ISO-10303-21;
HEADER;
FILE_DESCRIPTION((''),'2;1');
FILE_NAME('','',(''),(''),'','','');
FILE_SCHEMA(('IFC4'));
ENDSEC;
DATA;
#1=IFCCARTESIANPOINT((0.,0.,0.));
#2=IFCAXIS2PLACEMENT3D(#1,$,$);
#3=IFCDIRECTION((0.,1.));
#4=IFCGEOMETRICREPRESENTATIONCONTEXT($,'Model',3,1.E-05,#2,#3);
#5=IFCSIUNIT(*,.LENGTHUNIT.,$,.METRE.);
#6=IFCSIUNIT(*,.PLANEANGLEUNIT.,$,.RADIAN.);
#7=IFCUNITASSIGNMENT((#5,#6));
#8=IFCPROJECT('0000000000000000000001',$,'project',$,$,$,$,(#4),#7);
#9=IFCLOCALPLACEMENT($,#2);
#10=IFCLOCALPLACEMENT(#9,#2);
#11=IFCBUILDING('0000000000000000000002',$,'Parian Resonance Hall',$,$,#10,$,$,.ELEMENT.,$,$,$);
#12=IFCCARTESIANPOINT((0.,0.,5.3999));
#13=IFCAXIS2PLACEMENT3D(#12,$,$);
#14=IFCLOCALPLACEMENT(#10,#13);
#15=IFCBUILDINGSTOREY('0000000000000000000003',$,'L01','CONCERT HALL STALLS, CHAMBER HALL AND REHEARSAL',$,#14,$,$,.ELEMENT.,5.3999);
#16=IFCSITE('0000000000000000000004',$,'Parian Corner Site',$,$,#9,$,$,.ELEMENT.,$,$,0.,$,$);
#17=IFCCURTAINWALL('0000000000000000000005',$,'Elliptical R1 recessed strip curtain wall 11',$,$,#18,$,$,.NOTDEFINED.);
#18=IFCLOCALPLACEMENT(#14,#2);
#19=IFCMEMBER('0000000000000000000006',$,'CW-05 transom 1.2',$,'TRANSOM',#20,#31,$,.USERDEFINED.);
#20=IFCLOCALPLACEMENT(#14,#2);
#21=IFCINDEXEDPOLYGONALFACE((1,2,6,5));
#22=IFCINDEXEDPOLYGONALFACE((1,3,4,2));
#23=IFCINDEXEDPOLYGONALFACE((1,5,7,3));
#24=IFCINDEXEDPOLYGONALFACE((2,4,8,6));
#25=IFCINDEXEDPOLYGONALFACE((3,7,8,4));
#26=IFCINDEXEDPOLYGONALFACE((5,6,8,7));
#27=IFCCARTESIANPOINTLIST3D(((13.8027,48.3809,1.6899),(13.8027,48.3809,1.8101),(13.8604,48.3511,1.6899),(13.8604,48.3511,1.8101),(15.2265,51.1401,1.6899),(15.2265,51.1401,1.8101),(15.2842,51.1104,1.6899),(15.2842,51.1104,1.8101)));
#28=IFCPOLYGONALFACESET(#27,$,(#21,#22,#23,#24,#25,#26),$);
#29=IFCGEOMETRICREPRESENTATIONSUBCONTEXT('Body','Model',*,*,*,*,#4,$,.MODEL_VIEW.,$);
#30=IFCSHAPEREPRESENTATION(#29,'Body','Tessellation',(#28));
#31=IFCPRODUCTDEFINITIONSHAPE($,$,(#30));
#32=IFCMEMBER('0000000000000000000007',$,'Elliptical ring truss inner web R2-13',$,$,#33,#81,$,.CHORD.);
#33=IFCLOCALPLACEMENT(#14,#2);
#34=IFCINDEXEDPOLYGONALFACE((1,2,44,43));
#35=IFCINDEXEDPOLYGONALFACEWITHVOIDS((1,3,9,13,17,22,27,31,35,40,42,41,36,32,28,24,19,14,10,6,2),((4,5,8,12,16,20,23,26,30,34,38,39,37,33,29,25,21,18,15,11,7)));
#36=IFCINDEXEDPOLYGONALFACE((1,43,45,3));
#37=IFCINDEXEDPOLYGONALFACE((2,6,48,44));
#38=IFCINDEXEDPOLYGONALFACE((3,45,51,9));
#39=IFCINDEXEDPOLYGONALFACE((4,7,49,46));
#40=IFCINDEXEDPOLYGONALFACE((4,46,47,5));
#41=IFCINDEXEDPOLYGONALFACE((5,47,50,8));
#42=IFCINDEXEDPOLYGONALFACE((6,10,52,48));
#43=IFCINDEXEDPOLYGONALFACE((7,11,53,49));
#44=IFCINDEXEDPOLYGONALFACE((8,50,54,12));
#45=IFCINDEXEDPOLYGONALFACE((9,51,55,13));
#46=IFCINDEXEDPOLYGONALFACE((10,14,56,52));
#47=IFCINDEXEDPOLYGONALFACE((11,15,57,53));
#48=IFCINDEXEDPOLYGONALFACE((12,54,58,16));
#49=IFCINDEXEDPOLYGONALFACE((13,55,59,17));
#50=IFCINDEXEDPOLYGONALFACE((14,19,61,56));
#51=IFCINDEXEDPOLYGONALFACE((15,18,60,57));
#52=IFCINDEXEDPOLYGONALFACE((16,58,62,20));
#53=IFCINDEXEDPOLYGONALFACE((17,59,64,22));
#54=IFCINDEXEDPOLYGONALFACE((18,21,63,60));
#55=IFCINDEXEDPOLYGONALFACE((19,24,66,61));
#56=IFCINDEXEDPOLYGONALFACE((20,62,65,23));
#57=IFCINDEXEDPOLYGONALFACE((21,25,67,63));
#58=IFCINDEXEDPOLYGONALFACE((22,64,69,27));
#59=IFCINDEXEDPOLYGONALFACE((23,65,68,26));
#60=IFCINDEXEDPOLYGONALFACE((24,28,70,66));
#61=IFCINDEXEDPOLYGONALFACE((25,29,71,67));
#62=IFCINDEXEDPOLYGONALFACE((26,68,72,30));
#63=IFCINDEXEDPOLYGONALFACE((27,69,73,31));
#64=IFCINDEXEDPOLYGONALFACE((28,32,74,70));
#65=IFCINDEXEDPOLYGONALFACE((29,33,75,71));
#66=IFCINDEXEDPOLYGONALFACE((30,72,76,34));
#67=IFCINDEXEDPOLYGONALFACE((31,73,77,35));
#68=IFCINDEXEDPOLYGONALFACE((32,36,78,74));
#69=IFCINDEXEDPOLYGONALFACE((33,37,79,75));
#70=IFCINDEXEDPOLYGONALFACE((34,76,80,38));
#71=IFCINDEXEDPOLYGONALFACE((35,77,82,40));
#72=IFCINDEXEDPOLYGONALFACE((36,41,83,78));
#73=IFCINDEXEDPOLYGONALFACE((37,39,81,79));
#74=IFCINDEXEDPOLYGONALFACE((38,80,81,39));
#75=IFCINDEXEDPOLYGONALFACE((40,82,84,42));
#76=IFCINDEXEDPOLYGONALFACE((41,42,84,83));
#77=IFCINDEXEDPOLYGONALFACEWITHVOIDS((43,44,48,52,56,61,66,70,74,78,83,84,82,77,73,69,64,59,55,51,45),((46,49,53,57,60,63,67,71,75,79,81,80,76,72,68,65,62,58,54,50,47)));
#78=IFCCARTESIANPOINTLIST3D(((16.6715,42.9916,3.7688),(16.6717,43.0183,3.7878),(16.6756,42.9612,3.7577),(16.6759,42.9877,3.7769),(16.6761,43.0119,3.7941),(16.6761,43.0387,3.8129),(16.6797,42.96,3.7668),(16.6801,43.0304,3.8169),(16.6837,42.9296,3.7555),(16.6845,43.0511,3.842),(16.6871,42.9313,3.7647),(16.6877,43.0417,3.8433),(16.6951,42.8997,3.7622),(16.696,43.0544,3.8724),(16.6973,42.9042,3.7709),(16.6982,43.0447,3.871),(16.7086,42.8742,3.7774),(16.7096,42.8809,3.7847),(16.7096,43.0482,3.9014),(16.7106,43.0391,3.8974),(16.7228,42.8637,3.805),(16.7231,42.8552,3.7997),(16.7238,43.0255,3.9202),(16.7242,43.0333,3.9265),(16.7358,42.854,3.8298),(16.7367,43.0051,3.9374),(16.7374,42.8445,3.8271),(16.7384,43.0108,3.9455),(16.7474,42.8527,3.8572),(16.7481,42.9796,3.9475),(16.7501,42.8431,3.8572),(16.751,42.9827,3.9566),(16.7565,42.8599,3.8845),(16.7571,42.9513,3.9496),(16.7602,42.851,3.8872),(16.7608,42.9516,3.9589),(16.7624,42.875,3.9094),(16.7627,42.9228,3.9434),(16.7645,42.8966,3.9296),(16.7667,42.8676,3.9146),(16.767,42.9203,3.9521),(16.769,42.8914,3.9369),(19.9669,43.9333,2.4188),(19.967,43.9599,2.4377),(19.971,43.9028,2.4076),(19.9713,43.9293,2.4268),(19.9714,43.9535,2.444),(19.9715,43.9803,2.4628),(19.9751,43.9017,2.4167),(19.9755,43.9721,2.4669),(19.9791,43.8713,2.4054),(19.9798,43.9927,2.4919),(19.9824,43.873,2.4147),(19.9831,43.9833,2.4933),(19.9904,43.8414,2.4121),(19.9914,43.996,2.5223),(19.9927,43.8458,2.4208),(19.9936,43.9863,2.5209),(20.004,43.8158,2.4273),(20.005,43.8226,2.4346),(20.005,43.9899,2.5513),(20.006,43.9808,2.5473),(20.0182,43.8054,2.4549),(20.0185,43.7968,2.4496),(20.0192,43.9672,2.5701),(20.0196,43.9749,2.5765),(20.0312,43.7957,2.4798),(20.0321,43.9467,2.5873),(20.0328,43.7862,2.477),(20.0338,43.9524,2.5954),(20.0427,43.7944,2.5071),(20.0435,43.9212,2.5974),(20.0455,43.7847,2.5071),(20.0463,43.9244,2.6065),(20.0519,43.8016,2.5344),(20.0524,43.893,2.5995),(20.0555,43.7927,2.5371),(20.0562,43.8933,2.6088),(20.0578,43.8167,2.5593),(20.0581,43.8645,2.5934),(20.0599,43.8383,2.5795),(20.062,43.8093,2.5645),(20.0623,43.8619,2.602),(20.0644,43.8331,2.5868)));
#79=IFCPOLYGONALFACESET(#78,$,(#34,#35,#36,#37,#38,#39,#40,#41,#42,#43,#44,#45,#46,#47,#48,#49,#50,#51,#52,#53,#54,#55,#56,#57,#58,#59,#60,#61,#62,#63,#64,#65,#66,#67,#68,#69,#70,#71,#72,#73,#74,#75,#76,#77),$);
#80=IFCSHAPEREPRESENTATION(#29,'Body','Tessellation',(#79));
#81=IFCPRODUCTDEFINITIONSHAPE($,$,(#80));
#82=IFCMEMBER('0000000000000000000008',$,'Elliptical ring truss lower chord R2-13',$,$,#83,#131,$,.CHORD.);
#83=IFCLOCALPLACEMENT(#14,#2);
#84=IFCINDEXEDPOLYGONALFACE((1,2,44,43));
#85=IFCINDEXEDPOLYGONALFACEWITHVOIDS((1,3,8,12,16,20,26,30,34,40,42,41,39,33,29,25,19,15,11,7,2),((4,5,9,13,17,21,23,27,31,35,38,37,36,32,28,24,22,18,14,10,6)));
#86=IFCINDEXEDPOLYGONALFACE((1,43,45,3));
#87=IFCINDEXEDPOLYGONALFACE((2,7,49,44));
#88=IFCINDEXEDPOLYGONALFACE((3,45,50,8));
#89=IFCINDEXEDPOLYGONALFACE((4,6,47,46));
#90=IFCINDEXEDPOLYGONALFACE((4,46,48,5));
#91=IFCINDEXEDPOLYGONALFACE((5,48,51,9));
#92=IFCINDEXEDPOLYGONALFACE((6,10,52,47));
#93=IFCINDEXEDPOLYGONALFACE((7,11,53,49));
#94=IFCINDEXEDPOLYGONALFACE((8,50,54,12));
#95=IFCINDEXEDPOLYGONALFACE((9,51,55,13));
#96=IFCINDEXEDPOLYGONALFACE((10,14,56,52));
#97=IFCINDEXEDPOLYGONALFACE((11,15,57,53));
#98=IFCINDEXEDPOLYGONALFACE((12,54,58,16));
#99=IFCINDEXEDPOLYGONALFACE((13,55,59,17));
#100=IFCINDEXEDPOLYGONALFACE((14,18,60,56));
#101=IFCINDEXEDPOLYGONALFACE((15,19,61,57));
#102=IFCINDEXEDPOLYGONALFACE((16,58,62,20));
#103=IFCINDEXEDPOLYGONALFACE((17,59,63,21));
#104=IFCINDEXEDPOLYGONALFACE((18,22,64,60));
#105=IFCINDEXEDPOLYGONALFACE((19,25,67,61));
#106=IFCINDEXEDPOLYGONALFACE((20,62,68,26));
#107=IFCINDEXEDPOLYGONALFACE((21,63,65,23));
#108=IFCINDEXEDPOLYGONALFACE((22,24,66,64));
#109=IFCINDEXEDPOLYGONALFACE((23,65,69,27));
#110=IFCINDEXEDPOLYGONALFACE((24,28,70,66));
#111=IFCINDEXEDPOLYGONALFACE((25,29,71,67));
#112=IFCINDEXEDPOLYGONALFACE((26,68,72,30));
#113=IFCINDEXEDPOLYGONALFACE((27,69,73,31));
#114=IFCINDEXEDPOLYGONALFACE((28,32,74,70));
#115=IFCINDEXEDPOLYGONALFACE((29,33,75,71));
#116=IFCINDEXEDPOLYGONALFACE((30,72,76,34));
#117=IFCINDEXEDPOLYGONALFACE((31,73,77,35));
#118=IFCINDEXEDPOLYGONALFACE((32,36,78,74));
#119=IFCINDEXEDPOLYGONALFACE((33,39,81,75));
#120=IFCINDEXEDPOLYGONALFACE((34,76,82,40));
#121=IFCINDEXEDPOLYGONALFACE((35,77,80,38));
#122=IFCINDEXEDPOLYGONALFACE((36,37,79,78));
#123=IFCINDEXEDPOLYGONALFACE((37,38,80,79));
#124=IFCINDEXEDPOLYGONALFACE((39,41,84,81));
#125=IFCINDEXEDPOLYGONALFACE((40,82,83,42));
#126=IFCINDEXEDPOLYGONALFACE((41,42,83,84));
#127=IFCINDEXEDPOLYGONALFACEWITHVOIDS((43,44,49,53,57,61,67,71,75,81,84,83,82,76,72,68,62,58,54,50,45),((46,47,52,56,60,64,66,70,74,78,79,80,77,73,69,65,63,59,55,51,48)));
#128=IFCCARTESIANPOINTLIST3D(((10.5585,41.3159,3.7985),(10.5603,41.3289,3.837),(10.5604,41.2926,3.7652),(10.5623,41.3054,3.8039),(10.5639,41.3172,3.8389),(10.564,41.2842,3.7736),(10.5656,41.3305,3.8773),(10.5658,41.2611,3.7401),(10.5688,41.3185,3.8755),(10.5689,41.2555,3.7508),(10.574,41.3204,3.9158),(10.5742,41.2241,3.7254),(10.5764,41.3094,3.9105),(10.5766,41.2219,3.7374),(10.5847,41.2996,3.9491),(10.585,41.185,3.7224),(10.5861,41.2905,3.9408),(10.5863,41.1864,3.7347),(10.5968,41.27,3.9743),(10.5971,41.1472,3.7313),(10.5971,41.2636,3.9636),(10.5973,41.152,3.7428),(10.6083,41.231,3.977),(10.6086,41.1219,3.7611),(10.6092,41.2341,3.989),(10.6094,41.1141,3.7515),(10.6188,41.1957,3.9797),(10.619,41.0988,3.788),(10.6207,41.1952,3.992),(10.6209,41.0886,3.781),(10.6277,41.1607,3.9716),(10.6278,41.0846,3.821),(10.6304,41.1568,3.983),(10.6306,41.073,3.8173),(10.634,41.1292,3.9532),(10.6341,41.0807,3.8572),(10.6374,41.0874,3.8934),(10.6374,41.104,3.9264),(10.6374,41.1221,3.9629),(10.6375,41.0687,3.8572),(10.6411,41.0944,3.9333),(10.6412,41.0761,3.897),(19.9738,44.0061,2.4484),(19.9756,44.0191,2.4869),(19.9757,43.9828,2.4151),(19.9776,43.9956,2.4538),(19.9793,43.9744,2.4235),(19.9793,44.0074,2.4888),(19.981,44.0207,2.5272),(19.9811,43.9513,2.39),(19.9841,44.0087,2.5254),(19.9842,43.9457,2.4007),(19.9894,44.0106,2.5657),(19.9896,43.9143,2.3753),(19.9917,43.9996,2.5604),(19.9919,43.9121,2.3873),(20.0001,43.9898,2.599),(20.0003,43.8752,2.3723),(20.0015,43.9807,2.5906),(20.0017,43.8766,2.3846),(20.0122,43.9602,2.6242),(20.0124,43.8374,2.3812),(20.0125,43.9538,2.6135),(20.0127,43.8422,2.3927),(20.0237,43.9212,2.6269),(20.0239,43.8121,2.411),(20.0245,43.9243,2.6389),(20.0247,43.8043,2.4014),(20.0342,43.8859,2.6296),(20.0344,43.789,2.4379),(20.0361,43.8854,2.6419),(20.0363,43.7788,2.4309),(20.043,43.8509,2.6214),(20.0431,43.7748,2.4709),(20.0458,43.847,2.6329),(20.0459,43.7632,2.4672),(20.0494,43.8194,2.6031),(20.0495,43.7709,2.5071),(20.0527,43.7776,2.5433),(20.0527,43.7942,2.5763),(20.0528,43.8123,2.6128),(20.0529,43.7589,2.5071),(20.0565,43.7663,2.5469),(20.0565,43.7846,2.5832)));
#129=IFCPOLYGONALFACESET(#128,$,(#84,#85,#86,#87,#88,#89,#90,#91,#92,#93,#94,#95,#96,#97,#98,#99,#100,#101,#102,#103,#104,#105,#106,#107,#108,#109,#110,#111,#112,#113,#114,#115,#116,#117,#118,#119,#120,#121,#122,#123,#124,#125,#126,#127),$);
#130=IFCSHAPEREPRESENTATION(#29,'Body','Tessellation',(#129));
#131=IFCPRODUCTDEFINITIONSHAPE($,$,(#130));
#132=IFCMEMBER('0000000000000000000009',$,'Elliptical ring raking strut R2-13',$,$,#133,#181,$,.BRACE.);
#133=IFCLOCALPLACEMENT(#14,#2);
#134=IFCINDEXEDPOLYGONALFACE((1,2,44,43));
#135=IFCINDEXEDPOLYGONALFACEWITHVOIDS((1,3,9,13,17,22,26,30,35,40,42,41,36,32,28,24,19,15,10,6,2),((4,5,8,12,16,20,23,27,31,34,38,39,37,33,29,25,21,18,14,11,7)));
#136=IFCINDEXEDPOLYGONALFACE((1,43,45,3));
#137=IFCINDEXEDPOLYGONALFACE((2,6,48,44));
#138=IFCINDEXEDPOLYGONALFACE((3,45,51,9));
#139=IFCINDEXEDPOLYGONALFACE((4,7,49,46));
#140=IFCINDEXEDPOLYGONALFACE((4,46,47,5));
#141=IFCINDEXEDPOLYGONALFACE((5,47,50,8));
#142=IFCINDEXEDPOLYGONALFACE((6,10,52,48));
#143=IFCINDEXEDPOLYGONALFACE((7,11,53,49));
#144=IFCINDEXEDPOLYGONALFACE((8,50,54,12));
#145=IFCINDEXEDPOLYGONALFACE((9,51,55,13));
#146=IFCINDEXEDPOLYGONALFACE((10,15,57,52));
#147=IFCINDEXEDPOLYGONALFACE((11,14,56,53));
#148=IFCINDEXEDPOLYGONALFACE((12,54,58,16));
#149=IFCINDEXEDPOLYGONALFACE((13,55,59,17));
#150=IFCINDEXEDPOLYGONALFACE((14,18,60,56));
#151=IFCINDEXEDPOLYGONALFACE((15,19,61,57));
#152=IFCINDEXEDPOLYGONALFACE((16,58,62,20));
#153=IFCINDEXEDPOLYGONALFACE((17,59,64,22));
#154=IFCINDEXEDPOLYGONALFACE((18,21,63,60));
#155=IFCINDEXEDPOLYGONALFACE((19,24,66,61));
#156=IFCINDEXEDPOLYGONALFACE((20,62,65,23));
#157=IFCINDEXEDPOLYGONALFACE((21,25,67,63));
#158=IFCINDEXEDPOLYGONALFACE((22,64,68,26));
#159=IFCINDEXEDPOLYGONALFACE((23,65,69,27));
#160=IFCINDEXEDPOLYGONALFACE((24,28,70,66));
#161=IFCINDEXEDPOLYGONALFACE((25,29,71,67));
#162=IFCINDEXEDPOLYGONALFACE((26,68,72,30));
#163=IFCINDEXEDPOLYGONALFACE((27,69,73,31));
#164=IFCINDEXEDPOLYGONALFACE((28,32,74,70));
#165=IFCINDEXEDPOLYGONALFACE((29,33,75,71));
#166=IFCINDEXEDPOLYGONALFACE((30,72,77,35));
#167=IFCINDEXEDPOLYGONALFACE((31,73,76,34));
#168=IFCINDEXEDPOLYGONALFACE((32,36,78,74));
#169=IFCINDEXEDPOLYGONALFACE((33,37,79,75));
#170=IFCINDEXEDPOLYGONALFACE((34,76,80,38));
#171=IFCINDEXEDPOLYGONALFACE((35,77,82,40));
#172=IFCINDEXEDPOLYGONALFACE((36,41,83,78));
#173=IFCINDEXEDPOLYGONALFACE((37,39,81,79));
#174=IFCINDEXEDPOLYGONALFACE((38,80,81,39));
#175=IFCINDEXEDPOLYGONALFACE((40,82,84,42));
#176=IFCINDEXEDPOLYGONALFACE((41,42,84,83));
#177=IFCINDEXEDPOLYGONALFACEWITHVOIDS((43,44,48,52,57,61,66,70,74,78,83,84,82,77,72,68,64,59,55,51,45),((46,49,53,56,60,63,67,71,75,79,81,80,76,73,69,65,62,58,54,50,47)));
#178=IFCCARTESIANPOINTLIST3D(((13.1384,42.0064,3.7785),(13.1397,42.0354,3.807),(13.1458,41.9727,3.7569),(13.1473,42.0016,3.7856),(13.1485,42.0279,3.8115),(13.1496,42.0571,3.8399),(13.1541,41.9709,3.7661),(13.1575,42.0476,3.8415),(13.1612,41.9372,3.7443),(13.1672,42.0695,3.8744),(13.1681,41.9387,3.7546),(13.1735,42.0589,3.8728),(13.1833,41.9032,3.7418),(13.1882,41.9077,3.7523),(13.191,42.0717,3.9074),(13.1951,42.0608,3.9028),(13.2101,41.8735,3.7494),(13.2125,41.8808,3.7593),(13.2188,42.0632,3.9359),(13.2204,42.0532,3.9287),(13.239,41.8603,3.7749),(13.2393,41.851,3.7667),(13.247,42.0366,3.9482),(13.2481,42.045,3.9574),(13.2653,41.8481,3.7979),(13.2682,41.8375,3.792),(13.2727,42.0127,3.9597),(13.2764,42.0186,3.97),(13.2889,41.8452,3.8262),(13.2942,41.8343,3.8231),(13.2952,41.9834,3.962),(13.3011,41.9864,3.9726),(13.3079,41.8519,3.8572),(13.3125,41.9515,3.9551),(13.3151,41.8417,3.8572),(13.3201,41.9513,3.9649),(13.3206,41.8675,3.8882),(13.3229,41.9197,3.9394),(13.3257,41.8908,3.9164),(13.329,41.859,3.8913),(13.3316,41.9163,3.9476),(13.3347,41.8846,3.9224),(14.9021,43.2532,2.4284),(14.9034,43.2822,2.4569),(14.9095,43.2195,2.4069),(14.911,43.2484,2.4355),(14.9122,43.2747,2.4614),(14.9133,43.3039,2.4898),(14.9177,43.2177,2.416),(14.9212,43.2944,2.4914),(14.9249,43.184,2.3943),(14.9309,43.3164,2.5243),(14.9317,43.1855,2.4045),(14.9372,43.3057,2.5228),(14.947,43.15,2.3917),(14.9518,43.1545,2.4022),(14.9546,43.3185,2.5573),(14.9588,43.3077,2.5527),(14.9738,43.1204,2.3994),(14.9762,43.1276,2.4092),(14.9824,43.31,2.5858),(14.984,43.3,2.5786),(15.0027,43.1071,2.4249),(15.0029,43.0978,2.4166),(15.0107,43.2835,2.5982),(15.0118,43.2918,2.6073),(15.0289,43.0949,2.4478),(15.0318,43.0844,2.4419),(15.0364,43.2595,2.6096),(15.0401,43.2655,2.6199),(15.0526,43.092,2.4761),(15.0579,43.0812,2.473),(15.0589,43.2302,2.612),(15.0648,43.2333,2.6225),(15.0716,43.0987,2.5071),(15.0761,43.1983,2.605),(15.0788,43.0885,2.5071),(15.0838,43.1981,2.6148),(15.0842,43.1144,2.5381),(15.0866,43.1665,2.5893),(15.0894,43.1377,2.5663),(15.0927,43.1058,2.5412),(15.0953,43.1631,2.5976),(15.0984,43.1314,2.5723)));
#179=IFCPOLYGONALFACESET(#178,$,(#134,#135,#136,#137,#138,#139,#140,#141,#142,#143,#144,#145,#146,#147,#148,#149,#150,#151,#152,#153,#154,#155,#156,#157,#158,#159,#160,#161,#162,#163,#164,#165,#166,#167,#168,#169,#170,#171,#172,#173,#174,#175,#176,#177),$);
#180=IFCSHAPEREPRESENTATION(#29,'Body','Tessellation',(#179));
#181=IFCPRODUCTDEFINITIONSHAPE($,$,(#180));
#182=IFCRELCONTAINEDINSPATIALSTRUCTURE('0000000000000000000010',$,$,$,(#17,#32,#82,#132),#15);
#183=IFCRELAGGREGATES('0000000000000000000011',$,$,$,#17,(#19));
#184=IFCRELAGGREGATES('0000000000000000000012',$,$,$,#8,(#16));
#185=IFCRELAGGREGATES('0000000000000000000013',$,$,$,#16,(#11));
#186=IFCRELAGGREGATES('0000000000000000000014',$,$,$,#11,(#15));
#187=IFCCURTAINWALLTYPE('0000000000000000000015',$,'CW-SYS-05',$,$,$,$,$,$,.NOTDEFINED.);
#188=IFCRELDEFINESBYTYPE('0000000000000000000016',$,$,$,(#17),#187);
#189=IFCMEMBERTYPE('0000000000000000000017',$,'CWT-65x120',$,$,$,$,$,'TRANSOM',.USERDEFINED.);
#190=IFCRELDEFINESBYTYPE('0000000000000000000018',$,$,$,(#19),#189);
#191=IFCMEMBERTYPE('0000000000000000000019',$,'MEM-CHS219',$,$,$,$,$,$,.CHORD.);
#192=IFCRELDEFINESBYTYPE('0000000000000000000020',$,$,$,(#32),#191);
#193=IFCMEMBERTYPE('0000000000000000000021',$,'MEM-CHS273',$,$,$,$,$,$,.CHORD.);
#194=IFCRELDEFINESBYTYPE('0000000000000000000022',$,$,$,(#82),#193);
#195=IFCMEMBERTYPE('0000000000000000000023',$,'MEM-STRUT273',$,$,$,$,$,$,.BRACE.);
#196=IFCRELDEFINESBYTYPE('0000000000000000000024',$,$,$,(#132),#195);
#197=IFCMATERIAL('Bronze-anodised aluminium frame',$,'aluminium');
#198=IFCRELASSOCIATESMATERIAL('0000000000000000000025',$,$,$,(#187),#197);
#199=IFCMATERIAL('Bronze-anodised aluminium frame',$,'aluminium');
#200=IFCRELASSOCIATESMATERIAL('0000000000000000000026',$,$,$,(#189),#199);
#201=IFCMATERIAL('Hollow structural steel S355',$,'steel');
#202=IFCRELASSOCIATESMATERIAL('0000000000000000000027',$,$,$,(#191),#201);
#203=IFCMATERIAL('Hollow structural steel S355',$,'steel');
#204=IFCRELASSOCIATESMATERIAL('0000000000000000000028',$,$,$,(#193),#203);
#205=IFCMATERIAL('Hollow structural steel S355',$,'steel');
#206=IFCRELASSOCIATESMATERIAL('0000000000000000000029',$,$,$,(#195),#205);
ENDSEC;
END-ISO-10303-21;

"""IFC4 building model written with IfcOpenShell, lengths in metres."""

from ifc_helpers import new_model, si_unit, direction, frame, origin, origin_2d, place, context, subcontext, project, spatial, rectangle, hollow_circle, extrude, material, material_profile, profile_set, type_object, element, aggregate, save


model = new_model("IFC4")

# Units and contexts
model_context = context("Model", 3, precision=1e-05, world=origin(), true_north=direction((0.0, 1.0)))
body_context = subcontext(model_context, "Body", "Model", "MODEL_VIEW")
ifc_project = project(units=[si_unit("LENGTHUNIT", "METRE"), si_unit("PLANEANGLEUNIT", "RADIAN")], contexts=[model_context])

# Site, building, storey
site_placement = place(None, origin())
site = spatial("IfcSite", under=ifc_project, at=site_placement, Name="Parian Corner Site", CompositionType="ELEMENT", RefElevation=0.0)
building_placement = place(site_placement, origin())
building = spatial("IfcBuilding", under=site, at=building_placement, Name="Parian Resonance Hall", CompositionType="ELEMENT")
storey_placement = place(building_placement, frame((0.0, 0.0, 5.3999)))
storey = spatial("IfcBuildingStorey", under=building, at=storey_placement, Name="L01", Description="CONCERT HALL STALLS, CHAMBER HALL AND REHEARSAL", CompositionType="ELEMENT", Elevation=5.3999)

# Curtain wall
ifc_material_1 = material(Name="Bronze-anodised aluminium frame", Category="aluminium")
curtain_wall_type_1 = type_object("IfcCurtainWallType", Name="CW-SYS-05", PredefinedType="NOTDEFINED", material=ifc_material_1)
curtain_wall_1_placement = place(storey_placement, origin())
curtain_wall_1 = element("IfcCurtainWall", 1, at=curtain_wall_1_placement, inside=storey, type_object=curtain_wall_type_1, Name="Elliptical R1 recessed strip curtain wall 11", PredefinedType="NOTDEFINED")

# Member
ifc_material_2 = material(Name="Bronze-anodised aluminium frame", Category="aluminium")
ifc_material_profile_1 = material_profile(ifc_material_2, rectangle(XDim=0.0649, YDim=0.1201, at=origin_2d()), Name="CWT-65x120")
ifc_profile_set_1 = profile_set([ifc_material_profile_1], Name="Bronze-anodised aluminium frame")
member_type_1 = type_object("IfcMemberType", Name="CWT-65x120", ElementType="TRANSOM", PredefinedType="USERDEFINED", material=ifc_profile_set_1)
member_1_placement = place(storey_placement, frame((13.8315, 48.366, 1.75), z_axis=(0.458563, 0.888662, 0.0), x_axis=(-0.888662, 0.458563, 0.0)))
member_1 = element("IfcMember", 2, at=member_1_placement, type_object=member_type_1, Name="CW-05 transom 1.2", ObjectType="TRANSOM", PredefinedType="USERDEFINED", context=body_context, shape_type="SweptSolid", body=[
    extrude(rectangle(XDim=0.0649, YDim=0.1201, at=origin_2d()), origin(), (0.0, 0.0, 1.0), 3.105),
])
aggregate(curtain_wall_1, [member_1])

# Members
ifc_material_3 = material(Name="Hollow structural steel S355", Category="steel")
ifc_material_profile_2 = material_profile(ifc_material_3, hollow_circle(Radius=0.1096, WallThickness=0.01, at=origin_2d()), Name="CHS219.1x10")
ifc_profile_set_2 = profile_set([ifc_material_profile_2], Name="Hollow structural steel S355")
member_type_2 = type_object("IfcMemberType", Name="MEM-CHS219", PredefinedType="CHORD", material=ifc_profile_set_2)
member_2_placement = place(storey_placement, frame((20.0154, 43.8901, 2.5071), z_axis=(-0.894607, -0.25563, 0.366512), x_axis=(0.274749, -0.961516, 0.0)))
element("IfcMember", 3, at=member_2_placement, inside=storey, type_object=member_type_2, Name="Elliptical ring truss inner web R2-13", PredefinedType="CHORD", context=body_context, shape_type="SweptSolid", body=[
    extrude(hollow_circle(Radius=0.1096, WallThickness=0.01, at=origin_2d()), origin(), (0.0, 0.0, 1.0), 3.6836),
])
ifc_material_4 = material(Name="Hollow structural steel S355", Category="steel")
ifc_material_profile_3 = material_profile(ifc_material_4, hollow_circle(Radius=0.1365, WallThickness=0.0125, at=origin_2d()), Name="CHS273x12.5")
ifc_profile_set_3 = profile_set([ifc_material_profile_3], Name="Hollow structural steel S355")
member_type_3 = type_object("IfcMemberType", Name="MEM-CHS273", PredefinedType="CHORD", material=ifc_profile_set_3)
member_3_placement = place(storey_placement, frame((20.0154, 43.8901, 2.5071), z_axis=(-0.95251, -0.272156, 0.136584), x_axis=(0.274731, -0.961521, 0.0)))
element("IfcMember", 4, at=member_3_placement, inside=storey, type_object=member_type_3, Name="Elliptical ring truss lower chord R2-13", PredefinedType="CHORD", context=body_context, shape_type="SweptSolid", body=[
    extrude(hollow_circle(Radius=0.1365, WallThickness=0.0125, at=origin_2d()), origin(), (0.0, 0.0, 1.0), 9.8848),
])
ifc_material_5 = material(Name="Hollow structural steel S355", Category="steel")
ifc_material_profile_4 = material_profile(ifc_material_5, hollow_circle(Radius=0.1365, WallThickness=0.0125, at=origin_2d()), Name="CHS273x12.5")
ifc_profile_set_4 = profile_set([ifc_material_profile_4], Name="Hollow structural steel S355")
member_type_4 = type_object("IfcMemberType", Name="MEM-STRUT273", PredefinedType="BRACE", material=ifc_profile_set_4)
member_4_placement = place(storey_placement, frame((15.0, 43.2, 2.5071), z_axis=(-0.692415, -0.489502, 0.530046), x_axis=(0.577264, -0.816557, 0.0)))
element("IfcMember", 5, at=member_4_placement, inside=storey, type_object=member_type_4, Name="Elliptical ring raking strut R2-13", PredefinedType="BRACE", context=body_context, shape_type="SweptSolid", body=[
    extrude(hollow_circle(Radius=0.1365, WallThickness=0.0125, at=origin_2d()), origin(), (0.0, 0.0, 1.0), 2.5471),
])

save(model, "model.ifc")
